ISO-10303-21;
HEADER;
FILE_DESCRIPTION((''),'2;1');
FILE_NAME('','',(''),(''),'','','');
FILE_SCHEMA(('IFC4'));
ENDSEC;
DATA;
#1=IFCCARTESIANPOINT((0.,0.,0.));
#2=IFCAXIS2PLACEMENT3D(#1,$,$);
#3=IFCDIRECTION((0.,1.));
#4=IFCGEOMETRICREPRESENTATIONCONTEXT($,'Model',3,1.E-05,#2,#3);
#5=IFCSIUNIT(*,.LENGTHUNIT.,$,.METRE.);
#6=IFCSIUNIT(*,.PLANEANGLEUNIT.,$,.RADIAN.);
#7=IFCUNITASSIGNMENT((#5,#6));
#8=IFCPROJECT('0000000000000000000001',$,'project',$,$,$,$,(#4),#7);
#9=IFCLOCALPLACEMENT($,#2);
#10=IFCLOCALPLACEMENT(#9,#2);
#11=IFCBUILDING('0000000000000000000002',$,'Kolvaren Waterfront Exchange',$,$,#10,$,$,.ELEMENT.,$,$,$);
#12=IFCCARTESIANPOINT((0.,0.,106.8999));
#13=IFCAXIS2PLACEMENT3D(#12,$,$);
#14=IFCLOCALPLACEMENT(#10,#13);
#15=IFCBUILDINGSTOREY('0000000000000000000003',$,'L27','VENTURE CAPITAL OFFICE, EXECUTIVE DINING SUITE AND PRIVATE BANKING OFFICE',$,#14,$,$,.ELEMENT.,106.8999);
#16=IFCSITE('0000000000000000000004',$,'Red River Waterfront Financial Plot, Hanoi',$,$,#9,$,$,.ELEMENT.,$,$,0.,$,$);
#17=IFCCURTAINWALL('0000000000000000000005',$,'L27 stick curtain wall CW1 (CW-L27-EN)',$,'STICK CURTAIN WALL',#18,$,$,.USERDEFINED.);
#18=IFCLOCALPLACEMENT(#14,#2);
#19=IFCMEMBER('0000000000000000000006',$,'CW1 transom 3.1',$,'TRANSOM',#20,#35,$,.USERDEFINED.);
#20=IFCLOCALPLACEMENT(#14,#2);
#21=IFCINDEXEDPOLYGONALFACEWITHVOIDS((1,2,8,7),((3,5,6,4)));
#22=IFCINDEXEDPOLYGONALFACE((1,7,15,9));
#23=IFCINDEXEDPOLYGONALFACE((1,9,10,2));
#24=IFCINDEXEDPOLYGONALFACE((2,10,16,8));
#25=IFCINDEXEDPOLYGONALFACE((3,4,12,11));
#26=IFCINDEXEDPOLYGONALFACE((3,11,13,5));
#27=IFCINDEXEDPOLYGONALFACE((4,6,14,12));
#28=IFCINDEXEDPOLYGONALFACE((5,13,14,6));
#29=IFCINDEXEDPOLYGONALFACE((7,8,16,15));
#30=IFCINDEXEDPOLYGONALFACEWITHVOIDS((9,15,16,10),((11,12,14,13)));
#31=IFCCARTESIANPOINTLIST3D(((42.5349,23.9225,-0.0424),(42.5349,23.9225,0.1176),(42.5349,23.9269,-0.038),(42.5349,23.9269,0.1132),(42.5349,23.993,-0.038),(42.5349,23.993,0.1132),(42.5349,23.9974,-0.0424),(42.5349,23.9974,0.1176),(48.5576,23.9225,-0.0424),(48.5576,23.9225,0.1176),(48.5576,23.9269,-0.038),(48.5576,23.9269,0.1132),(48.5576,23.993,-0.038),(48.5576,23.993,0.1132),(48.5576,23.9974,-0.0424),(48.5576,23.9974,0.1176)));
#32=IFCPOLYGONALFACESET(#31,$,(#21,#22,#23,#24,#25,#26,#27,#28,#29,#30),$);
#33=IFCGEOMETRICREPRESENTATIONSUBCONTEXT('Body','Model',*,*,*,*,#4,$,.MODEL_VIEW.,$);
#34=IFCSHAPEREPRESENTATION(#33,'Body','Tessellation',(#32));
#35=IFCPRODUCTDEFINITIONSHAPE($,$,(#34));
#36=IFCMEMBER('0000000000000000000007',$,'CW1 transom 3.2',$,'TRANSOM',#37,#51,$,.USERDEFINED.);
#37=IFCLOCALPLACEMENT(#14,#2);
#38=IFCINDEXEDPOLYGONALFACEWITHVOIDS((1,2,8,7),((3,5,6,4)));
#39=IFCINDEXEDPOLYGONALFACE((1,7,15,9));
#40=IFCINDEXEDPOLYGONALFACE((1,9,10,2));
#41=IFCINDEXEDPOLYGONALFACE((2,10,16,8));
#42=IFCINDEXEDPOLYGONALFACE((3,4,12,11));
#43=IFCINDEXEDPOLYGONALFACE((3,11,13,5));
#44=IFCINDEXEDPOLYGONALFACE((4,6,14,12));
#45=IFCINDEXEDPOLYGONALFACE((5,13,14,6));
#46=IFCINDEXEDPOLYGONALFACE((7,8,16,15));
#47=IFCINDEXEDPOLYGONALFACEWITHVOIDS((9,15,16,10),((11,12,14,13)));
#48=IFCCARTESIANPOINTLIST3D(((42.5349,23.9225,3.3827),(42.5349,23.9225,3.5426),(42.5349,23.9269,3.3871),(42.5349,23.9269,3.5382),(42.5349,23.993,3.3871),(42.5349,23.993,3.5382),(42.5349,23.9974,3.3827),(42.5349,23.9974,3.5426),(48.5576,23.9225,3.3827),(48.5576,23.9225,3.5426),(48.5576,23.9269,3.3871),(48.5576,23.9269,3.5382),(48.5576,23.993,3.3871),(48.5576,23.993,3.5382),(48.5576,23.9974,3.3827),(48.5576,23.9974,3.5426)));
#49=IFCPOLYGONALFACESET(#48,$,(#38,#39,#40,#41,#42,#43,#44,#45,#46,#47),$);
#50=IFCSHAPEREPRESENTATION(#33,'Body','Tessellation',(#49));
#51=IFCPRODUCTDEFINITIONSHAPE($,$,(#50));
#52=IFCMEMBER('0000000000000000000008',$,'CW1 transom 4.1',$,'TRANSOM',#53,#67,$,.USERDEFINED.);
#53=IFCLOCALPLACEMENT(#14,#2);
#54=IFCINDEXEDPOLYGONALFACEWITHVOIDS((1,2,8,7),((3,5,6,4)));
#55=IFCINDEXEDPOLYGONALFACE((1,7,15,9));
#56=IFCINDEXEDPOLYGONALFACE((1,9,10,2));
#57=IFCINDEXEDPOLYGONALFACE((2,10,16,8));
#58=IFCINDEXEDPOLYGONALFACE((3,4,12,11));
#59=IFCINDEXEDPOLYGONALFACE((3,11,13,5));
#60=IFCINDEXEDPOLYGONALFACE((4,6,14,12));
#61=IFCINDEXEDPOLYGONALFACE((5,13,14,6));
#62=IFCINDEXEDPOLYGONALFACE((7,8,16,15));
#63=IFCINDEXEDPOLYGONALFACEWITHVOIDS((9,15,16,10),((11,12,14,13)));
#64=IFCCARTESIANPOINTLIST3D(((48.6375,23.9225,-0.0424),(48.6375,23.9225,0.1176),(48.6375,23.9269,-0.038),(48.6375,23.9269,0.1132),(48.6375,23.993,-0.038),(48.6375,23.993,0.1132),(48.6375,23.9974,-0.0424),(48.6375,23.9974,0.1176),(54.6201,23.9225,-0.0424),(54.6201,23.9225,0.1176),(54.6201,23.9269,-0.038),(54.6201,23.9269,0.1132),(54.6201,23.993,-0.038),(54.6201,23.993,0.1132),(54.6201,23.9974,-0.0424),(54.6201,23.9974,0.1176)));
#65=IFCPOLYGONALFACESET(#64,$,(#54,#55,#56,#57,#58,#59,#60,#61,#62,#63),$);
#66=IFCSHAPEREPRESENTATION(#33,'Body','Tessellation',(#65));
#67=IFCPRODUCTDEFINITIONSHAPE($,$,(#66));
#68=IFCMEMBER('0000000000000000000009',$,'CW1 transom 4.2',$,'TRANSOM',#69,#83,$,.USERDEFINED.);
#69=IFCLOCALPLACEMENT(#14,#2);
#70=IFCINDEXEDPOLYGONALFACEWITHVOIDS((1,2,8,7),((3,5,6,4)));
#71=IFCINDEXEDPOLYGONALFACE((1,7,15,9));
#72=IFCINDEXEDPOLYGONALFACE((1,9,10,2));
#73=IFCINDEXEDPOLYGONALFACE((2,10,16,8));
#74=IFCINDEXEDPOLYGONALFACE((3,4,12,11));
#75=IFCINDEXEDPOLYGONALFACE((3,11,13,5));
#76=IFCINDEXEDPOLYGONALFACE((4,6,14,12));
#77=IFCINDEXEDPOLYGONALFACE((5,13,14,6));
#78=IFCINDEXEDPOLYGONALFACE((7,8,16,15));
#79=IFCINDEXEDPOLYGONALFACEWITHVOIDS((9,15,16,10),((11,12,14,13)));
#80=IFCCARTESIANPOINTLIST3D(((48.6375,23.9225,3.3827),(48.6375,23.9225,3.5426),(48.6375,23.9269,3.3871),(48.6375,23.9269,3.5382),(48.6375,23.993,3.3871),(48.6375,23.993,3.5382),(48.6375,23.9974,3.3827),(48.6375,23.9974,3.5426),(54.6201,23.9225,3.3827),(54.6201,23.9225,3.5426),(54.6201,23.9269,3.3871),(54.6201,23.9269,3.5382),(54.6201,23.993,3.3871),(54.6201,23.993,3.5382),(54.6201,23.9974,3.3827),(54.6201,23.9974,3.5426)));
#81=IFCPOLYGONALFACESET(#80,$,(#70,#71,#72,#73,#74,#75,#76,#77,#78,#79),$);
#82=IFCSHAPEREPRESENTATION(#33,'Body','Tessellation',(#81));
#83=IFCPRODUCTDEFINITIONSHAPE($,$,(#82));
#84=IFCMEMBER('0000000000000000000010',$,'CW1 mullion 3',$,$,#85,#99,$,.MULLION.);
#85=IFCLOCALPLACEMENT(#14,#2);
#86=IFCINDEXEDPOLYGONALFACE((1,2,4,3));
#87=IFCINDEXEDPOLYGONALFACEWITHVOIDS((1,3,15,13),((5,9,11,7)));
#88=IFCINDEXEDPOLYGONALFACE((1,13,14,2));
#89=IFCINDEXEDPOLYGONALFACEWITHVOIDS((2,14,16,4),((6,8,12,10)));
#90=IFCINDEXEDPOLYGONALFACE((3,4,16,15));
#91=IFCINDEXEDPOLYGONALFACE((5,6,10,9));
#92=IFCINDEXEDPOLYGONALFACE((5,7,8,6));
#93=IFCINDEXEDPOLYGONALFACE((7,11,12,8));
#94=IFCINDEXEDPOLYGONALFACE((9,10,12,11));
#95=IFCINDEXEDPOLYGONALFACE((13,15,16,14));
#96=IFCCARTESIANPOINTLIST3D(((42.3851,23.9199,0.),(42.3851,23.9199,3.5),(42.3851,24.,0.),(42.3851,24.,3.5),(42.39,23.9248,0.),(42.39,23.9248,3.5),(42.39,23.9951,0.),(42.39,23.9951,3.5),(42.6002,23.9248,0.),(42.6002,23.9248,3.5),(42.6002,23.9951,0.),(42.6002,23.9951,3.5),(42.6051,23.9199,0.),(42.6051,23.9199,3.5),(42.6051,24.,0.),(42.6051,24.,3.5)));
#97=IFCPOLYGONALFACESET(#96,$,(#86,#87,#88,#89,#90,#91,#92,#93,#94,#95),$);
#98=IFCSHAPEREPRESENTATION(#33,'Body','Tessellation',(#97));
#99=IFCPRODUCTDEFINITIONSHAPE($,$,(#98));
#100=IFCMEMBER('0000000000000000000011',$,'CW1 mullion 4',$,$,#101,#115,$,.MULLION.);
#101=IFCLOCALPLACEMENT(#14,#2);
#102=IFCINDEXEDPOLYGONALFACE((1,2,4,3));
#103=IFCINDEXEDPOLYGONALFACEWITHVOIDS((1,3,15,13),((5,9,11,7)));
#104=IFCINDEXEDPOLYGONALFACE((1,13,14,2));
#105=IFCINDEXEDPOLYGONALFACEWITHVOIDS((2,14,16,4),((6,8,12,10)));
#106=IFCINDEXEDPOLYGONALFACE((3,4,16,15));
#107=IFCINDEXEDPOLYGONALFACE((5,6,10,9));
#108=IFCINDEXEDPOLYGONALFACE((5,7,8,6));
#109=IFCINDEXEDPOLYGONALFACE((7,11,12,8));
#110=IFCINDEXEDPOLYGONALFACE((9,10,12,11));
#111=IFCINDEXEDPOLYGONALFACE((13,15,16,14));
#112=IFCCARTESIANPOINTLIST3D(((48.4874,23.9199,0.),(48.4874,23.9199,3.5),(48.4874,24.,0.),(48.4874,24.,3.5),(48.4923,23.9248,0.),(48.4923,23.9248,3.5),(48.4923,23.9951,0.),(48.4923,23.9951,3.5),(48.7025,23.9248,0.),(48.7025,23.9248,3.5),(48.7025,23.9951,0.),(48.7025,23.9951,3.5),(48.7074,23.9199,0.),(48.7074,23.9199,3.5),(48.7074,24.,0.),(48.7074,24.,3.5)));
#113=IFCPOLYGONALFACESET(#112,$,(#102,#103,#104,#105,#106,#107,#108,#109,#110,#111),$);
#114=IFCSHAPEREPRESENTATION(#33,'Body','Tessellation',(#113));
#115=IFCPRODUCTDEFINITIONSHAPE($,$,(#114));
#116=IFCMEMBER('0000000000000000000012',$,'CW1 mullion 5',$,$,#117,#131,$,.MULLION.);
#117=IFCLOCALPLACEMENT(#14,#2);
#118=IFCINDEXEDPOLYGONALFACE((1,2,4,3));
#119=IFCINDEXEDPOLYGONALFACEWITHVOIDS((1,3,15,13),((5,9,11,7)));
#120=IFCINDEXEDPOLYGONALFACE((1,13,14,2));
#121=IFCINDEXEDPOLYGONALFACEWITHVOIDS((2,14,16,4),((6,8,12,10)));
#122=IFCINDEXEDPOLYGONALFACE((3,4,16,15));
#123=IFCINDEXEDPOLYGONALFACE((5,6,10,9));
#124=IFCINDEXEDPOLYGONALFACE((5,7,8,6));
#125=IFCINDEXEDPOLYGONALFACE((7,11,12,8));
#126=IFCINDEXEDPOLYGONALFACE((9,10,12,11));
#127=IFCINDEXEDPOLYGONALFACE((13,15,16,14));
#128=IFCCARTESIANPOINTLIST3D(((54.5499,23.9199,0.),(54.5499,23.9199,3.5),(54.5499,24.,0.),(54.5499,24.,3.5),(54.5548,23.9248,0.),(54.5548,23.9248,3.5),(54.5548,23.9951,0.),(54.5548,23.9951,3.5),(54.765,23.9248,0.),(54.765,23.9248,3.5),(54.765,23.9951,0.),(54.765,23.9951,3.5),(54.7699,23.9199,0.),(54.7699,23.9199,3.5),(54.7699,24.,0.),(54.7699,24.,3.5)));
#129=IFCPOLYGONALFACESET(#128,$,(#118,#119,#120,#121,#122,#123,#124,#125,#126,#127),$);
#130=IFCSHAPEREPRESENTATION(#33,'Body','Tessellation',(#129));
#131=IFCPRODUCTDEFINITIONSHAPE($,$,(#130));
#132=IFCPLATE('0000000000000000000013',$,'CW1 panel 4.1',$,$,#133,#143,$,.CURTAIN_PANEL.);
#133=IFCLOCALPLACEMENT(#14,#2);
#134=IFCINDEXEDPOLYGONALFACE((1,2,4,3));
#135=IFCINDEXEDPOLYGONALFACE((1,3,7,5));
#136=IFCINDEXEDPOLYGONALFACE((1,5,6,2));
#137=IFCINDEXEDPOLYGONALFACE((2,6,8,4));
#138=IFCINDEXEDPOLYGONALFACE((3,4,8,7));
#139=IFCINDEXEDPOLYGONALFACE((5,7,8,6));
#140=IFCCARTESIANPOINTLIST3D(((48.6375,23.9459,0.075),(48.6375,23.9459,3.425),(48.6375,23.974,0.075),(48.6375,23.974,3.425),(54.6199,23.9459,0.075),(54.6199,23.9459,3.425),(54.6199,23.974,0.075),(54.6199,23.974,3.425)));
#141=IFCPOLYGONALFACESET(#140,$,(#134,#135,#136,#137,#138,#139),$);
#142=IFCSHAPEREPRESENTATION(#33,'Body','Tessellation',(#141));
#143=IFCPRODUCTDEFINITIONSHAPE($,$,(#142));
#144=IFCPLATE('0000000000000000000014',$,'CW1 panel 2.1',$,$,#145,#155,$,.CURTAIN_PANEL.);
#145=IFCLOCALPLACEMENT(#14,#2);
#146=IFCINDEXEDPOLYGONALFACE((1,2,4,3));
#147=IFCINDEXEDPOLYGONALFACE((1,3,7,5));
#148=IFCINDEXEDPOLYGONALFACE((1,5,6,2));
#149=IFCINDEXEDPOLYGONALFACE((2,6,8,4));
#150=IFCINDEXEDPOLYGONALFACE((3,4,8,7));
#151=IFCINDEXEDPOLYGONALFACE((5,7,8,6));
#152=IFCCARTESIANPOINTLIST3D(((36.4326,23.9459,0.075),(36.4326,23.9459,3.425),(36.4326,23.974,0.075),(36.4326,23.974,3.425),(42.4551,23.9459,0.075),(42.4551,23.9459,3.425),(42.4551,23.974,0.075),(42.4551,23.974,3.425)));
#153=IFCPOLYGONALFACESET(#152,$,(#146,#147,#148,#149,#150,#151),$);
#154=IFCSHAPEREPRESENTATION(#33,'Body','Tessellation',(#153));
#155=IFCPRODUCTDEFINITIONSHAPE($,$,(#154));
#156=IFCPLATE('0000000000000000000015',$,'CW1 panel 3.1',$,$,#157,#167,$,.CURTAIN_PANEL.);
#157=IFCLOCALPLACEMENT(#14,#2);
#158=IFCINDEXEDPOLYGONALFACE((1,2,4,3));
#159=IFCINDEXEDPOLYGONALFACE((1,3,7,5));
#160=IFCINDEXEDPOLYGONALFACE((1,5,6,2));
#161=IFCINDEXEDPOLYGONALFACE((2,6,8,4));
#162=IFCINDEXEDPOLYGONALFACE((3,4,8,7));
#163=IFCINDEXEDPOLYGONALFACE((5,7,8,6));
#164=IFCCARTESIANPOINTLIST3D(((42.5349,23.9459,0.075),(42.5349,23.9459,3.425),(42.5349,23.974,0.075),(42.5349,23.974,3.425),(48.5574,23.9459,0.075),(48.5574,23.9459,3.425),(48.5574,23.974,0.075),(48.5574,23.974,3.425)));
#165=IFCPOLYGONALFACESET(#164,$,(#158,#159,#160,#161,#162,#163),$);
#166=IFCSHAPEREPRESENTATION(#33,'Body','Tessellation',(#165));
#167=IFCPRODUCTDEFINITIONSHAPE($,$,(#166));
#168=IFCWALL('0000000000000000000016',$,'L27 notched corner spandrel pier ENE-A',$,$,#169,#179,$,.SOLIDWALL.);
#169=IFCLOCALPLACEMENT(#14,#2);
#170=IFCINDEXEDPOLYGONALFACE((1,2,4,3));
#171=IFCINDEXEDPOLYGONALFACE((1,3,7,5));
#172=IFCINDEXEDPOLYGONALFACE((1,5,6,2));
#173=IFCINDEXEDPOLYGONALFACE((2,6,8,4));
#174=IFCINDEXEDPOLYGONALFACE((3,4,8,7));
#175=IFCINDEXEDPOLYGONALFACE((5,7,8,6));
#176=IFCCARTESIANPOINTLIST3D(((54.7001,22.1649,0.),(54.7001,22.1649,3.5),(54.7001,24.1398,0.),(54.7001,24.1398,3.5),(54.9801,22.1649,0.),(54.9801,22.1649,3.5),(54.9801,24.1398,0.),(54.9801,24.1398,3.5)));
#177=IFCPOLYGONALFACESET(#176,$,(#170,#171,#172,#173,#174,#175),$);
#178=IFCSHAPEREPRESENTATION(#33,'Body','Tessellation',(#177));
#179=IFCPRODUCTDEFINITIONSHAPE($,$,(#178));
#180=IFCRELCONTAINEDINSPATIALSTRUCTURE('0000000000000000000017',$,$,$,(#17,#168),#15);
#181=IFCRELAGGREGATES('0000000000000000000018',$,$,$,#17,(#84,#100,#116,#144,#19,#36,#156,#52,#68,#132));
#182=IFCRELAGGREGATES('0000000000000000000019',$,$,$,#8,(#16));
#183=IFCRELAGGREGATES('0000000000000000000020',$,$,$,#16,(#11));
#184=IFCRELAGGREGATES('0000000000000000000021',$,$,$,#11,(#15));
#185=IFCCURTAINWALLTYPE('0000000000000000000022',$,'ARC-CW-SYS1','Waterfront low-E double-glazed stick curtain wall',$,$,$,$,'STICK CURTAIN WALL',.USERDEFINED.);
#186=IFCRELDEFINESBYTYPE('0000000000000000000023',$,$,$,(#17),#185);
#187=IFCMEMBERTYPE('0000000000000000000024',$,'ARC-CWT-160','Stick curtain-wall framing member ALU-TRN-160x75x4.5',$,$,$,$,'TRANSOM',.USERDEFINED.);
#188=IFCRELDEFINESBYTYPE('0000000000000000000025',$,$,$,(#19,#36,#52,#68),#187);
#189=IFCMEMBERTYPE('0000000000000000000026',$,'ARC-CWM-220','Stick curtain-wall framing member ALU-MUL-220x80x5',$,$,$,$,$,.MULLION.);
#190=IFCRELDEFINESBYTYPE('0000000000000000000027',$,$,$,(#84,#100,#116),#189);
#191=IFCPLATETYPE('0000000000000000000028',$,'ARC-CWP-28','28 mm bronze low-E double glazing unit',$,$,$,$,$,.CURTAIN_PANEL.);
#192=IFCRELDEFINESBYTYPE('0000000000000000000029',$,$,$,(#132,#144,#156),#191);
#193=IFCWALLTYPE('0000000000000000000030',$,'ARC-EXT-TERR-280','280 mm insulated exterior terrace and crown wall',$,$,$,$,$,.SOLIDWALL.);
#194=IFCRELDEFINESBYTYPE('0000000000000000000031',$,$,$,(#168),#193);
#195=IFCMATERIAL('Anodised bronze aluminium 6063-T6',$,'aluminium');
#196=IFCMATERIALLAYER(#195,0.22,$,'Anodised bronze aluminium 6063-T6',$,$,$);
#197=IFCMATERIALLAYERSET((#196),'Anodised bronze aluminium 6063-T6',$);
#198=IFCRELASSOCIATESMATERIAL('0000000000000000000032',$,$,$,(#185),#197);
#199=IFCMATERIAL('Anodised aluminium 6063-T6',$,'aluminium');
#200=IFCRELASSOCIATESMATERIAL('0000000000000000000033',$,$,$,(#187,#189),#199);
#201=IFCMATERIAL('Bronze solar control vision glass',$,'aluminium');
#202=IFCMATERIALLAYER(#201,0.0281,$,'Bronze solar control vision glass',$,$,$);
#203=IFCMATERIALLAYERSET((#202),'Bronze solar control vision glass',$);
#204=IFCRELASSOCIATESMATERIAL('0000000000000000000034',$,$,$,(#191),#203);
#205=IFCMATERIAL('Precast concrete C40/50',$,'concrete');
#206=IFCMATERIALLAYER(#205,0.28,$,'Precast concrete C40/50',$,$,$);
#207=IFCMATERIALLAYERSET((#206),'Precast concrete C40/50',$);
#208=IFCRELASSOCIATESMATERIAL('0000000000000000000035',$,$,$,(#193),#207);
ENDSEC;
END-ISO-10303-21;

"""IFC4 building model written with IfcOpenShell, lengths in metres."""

from ifc_helpers import new_model, si_unit, direction, frame, frame_2d, origin, origin_with_axes, origin_2d, place, context, subcontext, project, spatial, rectangle, hollow_rectangle, extrude, source, transform, mapped, material, layer, layer_set, material_profile, profile_set, type_object, element, aggregate, save


model = new_model("IFC4")

# Units and contexts
model_context = context("Model", 3, precision=1e-05, world=origin(), true_north=direction((0.0, 1.0)))
body_context = subcontext(model_context, "Body", "Model", "MODEL_VIEW")
ifc_project = project(units=[si_unit("LENGTHUNIT", "METRE"), si_unit("PLANEANGLEUNIT", "RADIAN")], contexts=[model_context])

# Site, building, storey
site_placement = place(None, origin())
site = spatial("IfcSite", under=ifc_project, at=site_placement, Name="Red River Waterfront Financial Plot, Hanoi", CompositionType="ELEMENT", RefElevation=0.0)
building_placement = place(site_placement, origin())
building = spatial("IfcBuilding", under=site, at=building_placement, Name="Kolvaren Waterfront Exchange", CompositionType="ELEMENT")
storey_placement = place(building_placement, frame((0.0, 0.0, 106.8999)))
storey = spatial("IfcBuildingStorey", under=building, at=storey_placement, Name="L27", Description="VENTURE CAPITAL OFFICE, EXECUTIVE DINING SUITE AND PRIVATE BANKING OFFICE", CompositionType="ELEMENT", Elevation=106.8999)

# Curtain wall, members, plates
ifc_material_1 = material(Name="Anodised bronze aluminium 6063-T6", Category="aluminium")
ifc_layer_1 = layer(ifc_material_1, 0.22, Name="Anodised bronze aluminium 6063-T6")
ifc_layer_set_1 = layer_set([ifc_layer_1], Name="Anodised bronze aluminium 6063-T6")
curtain_wall_type = type_object("IfcCurtainWallType", Name="ARC-CW-SYS1", Description="Waterfront low-E double-glazed stick curtain wall", ElementType="STICK CURTAIN WALL", PredefinedType="USERDEFINED", material=ifc_layer_set_1)
curtain_wall_placement = place(storey_placement, origin())
curtain_wall = element("IfcCurtainWall", 1, at=curtain_wall_placement, inside=storey, type_object=curtain_wall_type, Name="L27 stick curtain wall CW1 (CW-L27-EN)", ObjectType="STICK CURTAIN WALL", PredefinedType="USERDEFINED")
ifc_material_2 = material(Name="Anodised aluminium 6063-T6", Category="aluminium")
ifc_material_profile_1 = material_profile(ifc_material_2, hollow_rectangle(XDim=0.075, YDim=0.1599, WallThickness=0.0044, at=origin_2d()), Name="ALU-TRN-160x75x4.5")
ifc_profile_set_1 = profile_set([ifc_material_profile_1], Name="Anodised aluminium 6063-T6")
member_type_1 = type_object("IfcMemberType", Name="ARC-CWT-160", Description="Stick curtain-wall framing member ALU-TRN-160x75x4.5", ElementType="TRANSOM", PredefinedType="USERDEFINED", material=ifc_profile_set_1)
shared_shape_1 = source(origin_with_axes(), body_context, "Body", "SweptSolid", [
    extrude(hollow_rectangle(XDim=0.075, YDim=0.1599, WallThickness=0.0044, at=origin_2d()), origin(), (0.0, 0.0, 1.0), 6.0227),
])
member_1_placement = place(storey_placement, frame((42.5349, 23.96, 0.0376), z_axis=(1.0, 0.0, 0.0), x_axis=(0.0, 1.0, 0.0)))
member_1 = element("IfcMember", 2, at=member_1_placement, type_object=member_type_1, Name="CW1 transom 3.1", ObjectType="TRANSOM", PredefinedType="USERDEFINED", context=body_context, shape_type="MappedRepresentation", body=[
    mapped(shared_shape_1, transform((0.0, 0.0, 0.0), x_axis=(1.0, 0.0, 0.0), y_axis=(0.0, 1.0, 0.0), z_axis=(0.0, 0.0, 1.0), scale=1.0)),
])
member_2_placement = place(storey_placement, frame((42.5349, 23.96, 3.4626), z_axis=(1.0, 0.0, 0.0), x_axis=(0.0, 1.0, 0.0)))
member_2 = element("IfcMember", 3, at=member_2_placement, type_object=member_type_1, Name="CW1 transom 3.2", ObjectType="TRANSOM", PredefinedType="USERDEFINED", context=body_context, shape_type="MappedRepresentation", body=[
    mapped(shared_shape_1, transform((0.0, 0.0, 0.0), x_axis=(1.0, 0.0, 0.0), y_axis=(0.0, 1.0, 0.0), z_axis=(0.0, 0.0, 1.0), scale=1.0)),
])
shared_shape_2 = source(origin_with_axes(), body_context, "Body", "SweptSolid", [
    extrude(hollow_rectangle(XDim=0.075, YDim=0.1599, WallThickness=0.0044, at=origin_2d()), origin(), (0.0, 0.0, 1.0), 5.9827),
])
member_3_placement = place(storey_placement, frame((48.6375, 23.96, 0.0376), z_axis=(1.0, 0.0, 0.0), x_axis=(0.0, 1.0, 0.0)))
member_3 = element("IfcMember", 4, at=member_3_placement, type_object=member_type_1, Name="CW1 transom 4.1", ObjectType="TRANSOM", PredefinedType="USERDEFINED", context=body_context, shape_type="MappedRepresentation", body=[
    mapped(shared_shape_2, transform((0.0, 0.0, 0.0), x_axis=(1.0, 0.0, 0.0), y_axis=(0.0, 1.0, 0.0), z_axis=(0.0, 0.0, 1.0), scale=1.0)),
])
member_4_placement = place(storey_placement, frame((48.6375, 23.96, 3.4626), z_axis=(1.0, 0.0, 0.0), x_axis=(0.0, 1.0, 0.0)))
member_4 = element("IfcMember", 5, at=member_4_placement, type_object=member_type_1, Name="CW1 transom 4.2", ObjectType="TRANSOM", PredefinedType="USERDEFINED", context=body_context, shape_type="MappedRepresentation", body=[
    mapped(shared_shape_2, transform((0.0, 0.0, 0.0), x_axis=(1.0, 0.0, 0.0), y_axis=(0.0, 1.0, 0.0), z_axis=(0.0, 0.0, 1.0), scale=1.0)),
])
ifc_material_profile_2 = material_profile(ifc_material_2, hollow_rectangle(XDim=0.0801, YDim=0.22, WallThickness=0.0049, at=origin_2d()), Name="ALU-MUL-220x80x5")
ifc_profile_set_2 = profile_set([ifc_material_profile_2], Name="Anodised aluminium 6063-T6")
member_type_2 = type_object("IfcMemberType", Name="ARC-CWM-220", Description="Stick curtain-wall framing member ALU-MUL-220x80x5", PredefinedType="MULLION", material=ifc_profile_set_2)
shared_shape_3 = source(origin_with_axes(), body_context, "Body", "SweptSolid", [
    extrude(hollow_rectangle(XDim=0.0801, YDim=0.22, WallThickness=0.0049, at=origin_2d()), origin(), (0.0, 0.0, 1.0), 3.5),
])
member_5_placement = place(storey_placement, frame((42.4951, 23.96, 0.0), z_axis=(0.0, 0.0, 1.0), x_axis=(0.0, 1.0, 0.0)))
member_5 = element("IfcMember", 6, at=member_5_placement, type_object=member_type_2, Name="CW1 mullion 3", PredefinedType="MULLION", context=body_context, shape_type="MappedRepresentation", body=[
    mapped(shared_shape_3, transform((0.0, 0.0, 0.0), x_axis=(1.0, 0.0, 0.0), y_axis=(0.0, 1.0, 0.0), z_axis=(0.0, 0.0, 1.0), scale=1.0)),
])
member_6_placement = place(storey_placement, frame((48.5974, 23.96, 0.0), z_axis=(0.0, 0.0, 1.0), x_axis=(0.0, 1.0, 0.0)))
member_6 = element("IfcMember", 7, at=member_6_placement, type_object=member_type_2, Name="CW1 mullion 4", PredefinedType="MULLION", context=body_context, shape_type="MappedRepresentation", body=[
    mapped(shared_shape_3, transform((0.0, 0.0, 0.0), x_axis=(1.0, 0.0, 0.0), y_axis=(0.0, 1.0, 0.0), z_axis=(0.0, 0.0, 1.0), scale=1.0)),
])
member_7_placement = place(storey_placement, frame((54.6599, 23.96, 0.0), z_axis=(0.0, 0.0, 1.0), x_axis=(0.0, 1.0, 0.0)))
member_7 = element("IfcMember", 8, at=member_7_placement, type_object=member_type_2, Name="CW1 mullion 5", PredefinedType="MULLION", context=body_context, shape_type="MappedRepresentation", body=[
    mapped(shared_shape_3, transform((0.0, 0.0, 0.0), x_axis=(1.0, 0.0, 0.0), y_axis=(0.0, 1.0, 0.0), z_axis=(0.0, 0.0, 1.0), scale=1.0)),
])
ifc_material_3 = material(Name="Bronze solar control vision glass", Category="aluminium")
ifc_layer_2 = layer(ifc_material_3, 0.0281, Name="Bronze solar control vision glass")
ifc_layer_set_2 = layer_set([ifc_layer_2], Name="Bronze solar control vision glass")
plate_type = type_object("IfcPlateType", Name="ARC-CWP-28", Description="28 mm bronze low-E double glazing unit", PredefinedType="CURTAIN_PANEL", material=ifc_layer_set_2)
shared_shape_4 = source(origin_with_axes(), body_context, "Body", "SweptSolid", [
    extrude(rectangle(XDim=5.9824, YDim=0.0281, at=origin_2d()), origin(), (0.0, 0.0, 1.0), 3.3501),
])
plate_1_placement = place(storey_placement, frame((51.6287, 23.96, 0.075), z_axis=(0.0, 0.0, 1.0), x_axis=(1.0, 0.0, 0.0)))
plate_1 = element("IfcPlate", 9, at=plate_1_placement, type_object=plate_type, Name="CW1 panel 4.1", PredefinedType="CURTAIN_PANEL", context=body_context, shape_type="MappedRepresentation", body=[
    mapped(shared_shape_4, transform((0.0, 0.0, 0.0), x_axis=(1.0, 0.0, 0.0), y_axis=(0.0, 1.0, 0.0), z_axis=(0.0, 0.0, 1.0), scale=1.0)),
])
shared_shape_5 = source(origin_with_axes(), body_context, "Body", "SweptSolid", [
    extrude(rectangle(XDim=6.0225, YDim=0.0281, at=origin_2d()), origin(), (0.0, 0.0, 1.0), 3.3501),
])
plate_2_placement = place(storey_placement, frame((39.4438, 23.96, 0.075), z_axis=(0.0, 0.0, 1.0), x_axis=(1.0, 0.0, 0.0)))
plate_2 = element("IfcPlate", 10, at=plate_2_placement, type_object=plate_type, Name="CW1 panel 2.1", PredefinedType="CURTAIN_PANEL", context=body_context, shape_type="MappedRepresentation", body=[
    mapped(shared_shape_5, transform((0.0, 0.0, 0.0), x_axis=(1.0, 0.0, 0.0), y_axis=(0.0, 1.0, 0.0), z_axis=(0.0, 0.0, 1.0), scale=1.0)),
])
plate_3_placement = place(storey_placement, frame((45.5461, 23.96, 0.075), z_axis=(0.0, 0.0, 1.0), x_axis=(1.0, 0.0, 0.0)))
plate_3 = element("IfcPlate", 11, at=plate_3_placement, type_object=plate_type, Name="CW1 panel 3.1", PredefinedType="CURTAIN_PANEL", context=body_context, shape_type="MappedRepresentation", body=[
    mapped(shared_shape_5, transform((0.0, 0.0, 0.0), x_axis=(1.0, 0.0, 0.0), y_axis=(0.0, 1.0, 0.0), z_axis=(0.0, 0.0, 1.0), scale=1.0)),
])
aggregate(curtain_wall, [member_5, member_6, member_7, plate_2, member_1, member_2, plate_3, member_3, member_4, plate_1])

# Wall
ifc_material_4 = material(Name="Precast concrete C40/50", Category="concrete")
ifc_layer_3 = layer(ifc_material_4, 0.28, Name="Precast concrete C40/50")
ifc_layer_set_3 = layer_set([ifc_layer_3], Name="Precast concrete C40/50")
wall_type_1 = type_object("IfcWallType", Name="ARC-EXT-TERR-280", Description="280 mm insulated exterior terrace and crown wall", PredefinedType="SOLIDWALL", material=ifc_layer_set_3)
wall_1_placement = place(storey_placement, frame((54.8401, 22.165, 0.0), z_axis=(0.0, 0.0, 1.0), x_axis=(0.0, 1.0, 0.0)))
element("IfcWall", 12, at=wall_1_placement, inside=storey, type_object=wall_type_1, Name="L27 notched corner spandrel pier ENE-A", PredefinedType="SOLIDWALL", context=body_context, shape_type="SweptSolid", body=[
    extrude(rectangle(XDim=1.9749, YDim=0.28, at=frame_2d((0.9873, 0.0))), origin(), (0.0, 0.0, 1.0), 3.5),
])

save(model, "model.ifc")
